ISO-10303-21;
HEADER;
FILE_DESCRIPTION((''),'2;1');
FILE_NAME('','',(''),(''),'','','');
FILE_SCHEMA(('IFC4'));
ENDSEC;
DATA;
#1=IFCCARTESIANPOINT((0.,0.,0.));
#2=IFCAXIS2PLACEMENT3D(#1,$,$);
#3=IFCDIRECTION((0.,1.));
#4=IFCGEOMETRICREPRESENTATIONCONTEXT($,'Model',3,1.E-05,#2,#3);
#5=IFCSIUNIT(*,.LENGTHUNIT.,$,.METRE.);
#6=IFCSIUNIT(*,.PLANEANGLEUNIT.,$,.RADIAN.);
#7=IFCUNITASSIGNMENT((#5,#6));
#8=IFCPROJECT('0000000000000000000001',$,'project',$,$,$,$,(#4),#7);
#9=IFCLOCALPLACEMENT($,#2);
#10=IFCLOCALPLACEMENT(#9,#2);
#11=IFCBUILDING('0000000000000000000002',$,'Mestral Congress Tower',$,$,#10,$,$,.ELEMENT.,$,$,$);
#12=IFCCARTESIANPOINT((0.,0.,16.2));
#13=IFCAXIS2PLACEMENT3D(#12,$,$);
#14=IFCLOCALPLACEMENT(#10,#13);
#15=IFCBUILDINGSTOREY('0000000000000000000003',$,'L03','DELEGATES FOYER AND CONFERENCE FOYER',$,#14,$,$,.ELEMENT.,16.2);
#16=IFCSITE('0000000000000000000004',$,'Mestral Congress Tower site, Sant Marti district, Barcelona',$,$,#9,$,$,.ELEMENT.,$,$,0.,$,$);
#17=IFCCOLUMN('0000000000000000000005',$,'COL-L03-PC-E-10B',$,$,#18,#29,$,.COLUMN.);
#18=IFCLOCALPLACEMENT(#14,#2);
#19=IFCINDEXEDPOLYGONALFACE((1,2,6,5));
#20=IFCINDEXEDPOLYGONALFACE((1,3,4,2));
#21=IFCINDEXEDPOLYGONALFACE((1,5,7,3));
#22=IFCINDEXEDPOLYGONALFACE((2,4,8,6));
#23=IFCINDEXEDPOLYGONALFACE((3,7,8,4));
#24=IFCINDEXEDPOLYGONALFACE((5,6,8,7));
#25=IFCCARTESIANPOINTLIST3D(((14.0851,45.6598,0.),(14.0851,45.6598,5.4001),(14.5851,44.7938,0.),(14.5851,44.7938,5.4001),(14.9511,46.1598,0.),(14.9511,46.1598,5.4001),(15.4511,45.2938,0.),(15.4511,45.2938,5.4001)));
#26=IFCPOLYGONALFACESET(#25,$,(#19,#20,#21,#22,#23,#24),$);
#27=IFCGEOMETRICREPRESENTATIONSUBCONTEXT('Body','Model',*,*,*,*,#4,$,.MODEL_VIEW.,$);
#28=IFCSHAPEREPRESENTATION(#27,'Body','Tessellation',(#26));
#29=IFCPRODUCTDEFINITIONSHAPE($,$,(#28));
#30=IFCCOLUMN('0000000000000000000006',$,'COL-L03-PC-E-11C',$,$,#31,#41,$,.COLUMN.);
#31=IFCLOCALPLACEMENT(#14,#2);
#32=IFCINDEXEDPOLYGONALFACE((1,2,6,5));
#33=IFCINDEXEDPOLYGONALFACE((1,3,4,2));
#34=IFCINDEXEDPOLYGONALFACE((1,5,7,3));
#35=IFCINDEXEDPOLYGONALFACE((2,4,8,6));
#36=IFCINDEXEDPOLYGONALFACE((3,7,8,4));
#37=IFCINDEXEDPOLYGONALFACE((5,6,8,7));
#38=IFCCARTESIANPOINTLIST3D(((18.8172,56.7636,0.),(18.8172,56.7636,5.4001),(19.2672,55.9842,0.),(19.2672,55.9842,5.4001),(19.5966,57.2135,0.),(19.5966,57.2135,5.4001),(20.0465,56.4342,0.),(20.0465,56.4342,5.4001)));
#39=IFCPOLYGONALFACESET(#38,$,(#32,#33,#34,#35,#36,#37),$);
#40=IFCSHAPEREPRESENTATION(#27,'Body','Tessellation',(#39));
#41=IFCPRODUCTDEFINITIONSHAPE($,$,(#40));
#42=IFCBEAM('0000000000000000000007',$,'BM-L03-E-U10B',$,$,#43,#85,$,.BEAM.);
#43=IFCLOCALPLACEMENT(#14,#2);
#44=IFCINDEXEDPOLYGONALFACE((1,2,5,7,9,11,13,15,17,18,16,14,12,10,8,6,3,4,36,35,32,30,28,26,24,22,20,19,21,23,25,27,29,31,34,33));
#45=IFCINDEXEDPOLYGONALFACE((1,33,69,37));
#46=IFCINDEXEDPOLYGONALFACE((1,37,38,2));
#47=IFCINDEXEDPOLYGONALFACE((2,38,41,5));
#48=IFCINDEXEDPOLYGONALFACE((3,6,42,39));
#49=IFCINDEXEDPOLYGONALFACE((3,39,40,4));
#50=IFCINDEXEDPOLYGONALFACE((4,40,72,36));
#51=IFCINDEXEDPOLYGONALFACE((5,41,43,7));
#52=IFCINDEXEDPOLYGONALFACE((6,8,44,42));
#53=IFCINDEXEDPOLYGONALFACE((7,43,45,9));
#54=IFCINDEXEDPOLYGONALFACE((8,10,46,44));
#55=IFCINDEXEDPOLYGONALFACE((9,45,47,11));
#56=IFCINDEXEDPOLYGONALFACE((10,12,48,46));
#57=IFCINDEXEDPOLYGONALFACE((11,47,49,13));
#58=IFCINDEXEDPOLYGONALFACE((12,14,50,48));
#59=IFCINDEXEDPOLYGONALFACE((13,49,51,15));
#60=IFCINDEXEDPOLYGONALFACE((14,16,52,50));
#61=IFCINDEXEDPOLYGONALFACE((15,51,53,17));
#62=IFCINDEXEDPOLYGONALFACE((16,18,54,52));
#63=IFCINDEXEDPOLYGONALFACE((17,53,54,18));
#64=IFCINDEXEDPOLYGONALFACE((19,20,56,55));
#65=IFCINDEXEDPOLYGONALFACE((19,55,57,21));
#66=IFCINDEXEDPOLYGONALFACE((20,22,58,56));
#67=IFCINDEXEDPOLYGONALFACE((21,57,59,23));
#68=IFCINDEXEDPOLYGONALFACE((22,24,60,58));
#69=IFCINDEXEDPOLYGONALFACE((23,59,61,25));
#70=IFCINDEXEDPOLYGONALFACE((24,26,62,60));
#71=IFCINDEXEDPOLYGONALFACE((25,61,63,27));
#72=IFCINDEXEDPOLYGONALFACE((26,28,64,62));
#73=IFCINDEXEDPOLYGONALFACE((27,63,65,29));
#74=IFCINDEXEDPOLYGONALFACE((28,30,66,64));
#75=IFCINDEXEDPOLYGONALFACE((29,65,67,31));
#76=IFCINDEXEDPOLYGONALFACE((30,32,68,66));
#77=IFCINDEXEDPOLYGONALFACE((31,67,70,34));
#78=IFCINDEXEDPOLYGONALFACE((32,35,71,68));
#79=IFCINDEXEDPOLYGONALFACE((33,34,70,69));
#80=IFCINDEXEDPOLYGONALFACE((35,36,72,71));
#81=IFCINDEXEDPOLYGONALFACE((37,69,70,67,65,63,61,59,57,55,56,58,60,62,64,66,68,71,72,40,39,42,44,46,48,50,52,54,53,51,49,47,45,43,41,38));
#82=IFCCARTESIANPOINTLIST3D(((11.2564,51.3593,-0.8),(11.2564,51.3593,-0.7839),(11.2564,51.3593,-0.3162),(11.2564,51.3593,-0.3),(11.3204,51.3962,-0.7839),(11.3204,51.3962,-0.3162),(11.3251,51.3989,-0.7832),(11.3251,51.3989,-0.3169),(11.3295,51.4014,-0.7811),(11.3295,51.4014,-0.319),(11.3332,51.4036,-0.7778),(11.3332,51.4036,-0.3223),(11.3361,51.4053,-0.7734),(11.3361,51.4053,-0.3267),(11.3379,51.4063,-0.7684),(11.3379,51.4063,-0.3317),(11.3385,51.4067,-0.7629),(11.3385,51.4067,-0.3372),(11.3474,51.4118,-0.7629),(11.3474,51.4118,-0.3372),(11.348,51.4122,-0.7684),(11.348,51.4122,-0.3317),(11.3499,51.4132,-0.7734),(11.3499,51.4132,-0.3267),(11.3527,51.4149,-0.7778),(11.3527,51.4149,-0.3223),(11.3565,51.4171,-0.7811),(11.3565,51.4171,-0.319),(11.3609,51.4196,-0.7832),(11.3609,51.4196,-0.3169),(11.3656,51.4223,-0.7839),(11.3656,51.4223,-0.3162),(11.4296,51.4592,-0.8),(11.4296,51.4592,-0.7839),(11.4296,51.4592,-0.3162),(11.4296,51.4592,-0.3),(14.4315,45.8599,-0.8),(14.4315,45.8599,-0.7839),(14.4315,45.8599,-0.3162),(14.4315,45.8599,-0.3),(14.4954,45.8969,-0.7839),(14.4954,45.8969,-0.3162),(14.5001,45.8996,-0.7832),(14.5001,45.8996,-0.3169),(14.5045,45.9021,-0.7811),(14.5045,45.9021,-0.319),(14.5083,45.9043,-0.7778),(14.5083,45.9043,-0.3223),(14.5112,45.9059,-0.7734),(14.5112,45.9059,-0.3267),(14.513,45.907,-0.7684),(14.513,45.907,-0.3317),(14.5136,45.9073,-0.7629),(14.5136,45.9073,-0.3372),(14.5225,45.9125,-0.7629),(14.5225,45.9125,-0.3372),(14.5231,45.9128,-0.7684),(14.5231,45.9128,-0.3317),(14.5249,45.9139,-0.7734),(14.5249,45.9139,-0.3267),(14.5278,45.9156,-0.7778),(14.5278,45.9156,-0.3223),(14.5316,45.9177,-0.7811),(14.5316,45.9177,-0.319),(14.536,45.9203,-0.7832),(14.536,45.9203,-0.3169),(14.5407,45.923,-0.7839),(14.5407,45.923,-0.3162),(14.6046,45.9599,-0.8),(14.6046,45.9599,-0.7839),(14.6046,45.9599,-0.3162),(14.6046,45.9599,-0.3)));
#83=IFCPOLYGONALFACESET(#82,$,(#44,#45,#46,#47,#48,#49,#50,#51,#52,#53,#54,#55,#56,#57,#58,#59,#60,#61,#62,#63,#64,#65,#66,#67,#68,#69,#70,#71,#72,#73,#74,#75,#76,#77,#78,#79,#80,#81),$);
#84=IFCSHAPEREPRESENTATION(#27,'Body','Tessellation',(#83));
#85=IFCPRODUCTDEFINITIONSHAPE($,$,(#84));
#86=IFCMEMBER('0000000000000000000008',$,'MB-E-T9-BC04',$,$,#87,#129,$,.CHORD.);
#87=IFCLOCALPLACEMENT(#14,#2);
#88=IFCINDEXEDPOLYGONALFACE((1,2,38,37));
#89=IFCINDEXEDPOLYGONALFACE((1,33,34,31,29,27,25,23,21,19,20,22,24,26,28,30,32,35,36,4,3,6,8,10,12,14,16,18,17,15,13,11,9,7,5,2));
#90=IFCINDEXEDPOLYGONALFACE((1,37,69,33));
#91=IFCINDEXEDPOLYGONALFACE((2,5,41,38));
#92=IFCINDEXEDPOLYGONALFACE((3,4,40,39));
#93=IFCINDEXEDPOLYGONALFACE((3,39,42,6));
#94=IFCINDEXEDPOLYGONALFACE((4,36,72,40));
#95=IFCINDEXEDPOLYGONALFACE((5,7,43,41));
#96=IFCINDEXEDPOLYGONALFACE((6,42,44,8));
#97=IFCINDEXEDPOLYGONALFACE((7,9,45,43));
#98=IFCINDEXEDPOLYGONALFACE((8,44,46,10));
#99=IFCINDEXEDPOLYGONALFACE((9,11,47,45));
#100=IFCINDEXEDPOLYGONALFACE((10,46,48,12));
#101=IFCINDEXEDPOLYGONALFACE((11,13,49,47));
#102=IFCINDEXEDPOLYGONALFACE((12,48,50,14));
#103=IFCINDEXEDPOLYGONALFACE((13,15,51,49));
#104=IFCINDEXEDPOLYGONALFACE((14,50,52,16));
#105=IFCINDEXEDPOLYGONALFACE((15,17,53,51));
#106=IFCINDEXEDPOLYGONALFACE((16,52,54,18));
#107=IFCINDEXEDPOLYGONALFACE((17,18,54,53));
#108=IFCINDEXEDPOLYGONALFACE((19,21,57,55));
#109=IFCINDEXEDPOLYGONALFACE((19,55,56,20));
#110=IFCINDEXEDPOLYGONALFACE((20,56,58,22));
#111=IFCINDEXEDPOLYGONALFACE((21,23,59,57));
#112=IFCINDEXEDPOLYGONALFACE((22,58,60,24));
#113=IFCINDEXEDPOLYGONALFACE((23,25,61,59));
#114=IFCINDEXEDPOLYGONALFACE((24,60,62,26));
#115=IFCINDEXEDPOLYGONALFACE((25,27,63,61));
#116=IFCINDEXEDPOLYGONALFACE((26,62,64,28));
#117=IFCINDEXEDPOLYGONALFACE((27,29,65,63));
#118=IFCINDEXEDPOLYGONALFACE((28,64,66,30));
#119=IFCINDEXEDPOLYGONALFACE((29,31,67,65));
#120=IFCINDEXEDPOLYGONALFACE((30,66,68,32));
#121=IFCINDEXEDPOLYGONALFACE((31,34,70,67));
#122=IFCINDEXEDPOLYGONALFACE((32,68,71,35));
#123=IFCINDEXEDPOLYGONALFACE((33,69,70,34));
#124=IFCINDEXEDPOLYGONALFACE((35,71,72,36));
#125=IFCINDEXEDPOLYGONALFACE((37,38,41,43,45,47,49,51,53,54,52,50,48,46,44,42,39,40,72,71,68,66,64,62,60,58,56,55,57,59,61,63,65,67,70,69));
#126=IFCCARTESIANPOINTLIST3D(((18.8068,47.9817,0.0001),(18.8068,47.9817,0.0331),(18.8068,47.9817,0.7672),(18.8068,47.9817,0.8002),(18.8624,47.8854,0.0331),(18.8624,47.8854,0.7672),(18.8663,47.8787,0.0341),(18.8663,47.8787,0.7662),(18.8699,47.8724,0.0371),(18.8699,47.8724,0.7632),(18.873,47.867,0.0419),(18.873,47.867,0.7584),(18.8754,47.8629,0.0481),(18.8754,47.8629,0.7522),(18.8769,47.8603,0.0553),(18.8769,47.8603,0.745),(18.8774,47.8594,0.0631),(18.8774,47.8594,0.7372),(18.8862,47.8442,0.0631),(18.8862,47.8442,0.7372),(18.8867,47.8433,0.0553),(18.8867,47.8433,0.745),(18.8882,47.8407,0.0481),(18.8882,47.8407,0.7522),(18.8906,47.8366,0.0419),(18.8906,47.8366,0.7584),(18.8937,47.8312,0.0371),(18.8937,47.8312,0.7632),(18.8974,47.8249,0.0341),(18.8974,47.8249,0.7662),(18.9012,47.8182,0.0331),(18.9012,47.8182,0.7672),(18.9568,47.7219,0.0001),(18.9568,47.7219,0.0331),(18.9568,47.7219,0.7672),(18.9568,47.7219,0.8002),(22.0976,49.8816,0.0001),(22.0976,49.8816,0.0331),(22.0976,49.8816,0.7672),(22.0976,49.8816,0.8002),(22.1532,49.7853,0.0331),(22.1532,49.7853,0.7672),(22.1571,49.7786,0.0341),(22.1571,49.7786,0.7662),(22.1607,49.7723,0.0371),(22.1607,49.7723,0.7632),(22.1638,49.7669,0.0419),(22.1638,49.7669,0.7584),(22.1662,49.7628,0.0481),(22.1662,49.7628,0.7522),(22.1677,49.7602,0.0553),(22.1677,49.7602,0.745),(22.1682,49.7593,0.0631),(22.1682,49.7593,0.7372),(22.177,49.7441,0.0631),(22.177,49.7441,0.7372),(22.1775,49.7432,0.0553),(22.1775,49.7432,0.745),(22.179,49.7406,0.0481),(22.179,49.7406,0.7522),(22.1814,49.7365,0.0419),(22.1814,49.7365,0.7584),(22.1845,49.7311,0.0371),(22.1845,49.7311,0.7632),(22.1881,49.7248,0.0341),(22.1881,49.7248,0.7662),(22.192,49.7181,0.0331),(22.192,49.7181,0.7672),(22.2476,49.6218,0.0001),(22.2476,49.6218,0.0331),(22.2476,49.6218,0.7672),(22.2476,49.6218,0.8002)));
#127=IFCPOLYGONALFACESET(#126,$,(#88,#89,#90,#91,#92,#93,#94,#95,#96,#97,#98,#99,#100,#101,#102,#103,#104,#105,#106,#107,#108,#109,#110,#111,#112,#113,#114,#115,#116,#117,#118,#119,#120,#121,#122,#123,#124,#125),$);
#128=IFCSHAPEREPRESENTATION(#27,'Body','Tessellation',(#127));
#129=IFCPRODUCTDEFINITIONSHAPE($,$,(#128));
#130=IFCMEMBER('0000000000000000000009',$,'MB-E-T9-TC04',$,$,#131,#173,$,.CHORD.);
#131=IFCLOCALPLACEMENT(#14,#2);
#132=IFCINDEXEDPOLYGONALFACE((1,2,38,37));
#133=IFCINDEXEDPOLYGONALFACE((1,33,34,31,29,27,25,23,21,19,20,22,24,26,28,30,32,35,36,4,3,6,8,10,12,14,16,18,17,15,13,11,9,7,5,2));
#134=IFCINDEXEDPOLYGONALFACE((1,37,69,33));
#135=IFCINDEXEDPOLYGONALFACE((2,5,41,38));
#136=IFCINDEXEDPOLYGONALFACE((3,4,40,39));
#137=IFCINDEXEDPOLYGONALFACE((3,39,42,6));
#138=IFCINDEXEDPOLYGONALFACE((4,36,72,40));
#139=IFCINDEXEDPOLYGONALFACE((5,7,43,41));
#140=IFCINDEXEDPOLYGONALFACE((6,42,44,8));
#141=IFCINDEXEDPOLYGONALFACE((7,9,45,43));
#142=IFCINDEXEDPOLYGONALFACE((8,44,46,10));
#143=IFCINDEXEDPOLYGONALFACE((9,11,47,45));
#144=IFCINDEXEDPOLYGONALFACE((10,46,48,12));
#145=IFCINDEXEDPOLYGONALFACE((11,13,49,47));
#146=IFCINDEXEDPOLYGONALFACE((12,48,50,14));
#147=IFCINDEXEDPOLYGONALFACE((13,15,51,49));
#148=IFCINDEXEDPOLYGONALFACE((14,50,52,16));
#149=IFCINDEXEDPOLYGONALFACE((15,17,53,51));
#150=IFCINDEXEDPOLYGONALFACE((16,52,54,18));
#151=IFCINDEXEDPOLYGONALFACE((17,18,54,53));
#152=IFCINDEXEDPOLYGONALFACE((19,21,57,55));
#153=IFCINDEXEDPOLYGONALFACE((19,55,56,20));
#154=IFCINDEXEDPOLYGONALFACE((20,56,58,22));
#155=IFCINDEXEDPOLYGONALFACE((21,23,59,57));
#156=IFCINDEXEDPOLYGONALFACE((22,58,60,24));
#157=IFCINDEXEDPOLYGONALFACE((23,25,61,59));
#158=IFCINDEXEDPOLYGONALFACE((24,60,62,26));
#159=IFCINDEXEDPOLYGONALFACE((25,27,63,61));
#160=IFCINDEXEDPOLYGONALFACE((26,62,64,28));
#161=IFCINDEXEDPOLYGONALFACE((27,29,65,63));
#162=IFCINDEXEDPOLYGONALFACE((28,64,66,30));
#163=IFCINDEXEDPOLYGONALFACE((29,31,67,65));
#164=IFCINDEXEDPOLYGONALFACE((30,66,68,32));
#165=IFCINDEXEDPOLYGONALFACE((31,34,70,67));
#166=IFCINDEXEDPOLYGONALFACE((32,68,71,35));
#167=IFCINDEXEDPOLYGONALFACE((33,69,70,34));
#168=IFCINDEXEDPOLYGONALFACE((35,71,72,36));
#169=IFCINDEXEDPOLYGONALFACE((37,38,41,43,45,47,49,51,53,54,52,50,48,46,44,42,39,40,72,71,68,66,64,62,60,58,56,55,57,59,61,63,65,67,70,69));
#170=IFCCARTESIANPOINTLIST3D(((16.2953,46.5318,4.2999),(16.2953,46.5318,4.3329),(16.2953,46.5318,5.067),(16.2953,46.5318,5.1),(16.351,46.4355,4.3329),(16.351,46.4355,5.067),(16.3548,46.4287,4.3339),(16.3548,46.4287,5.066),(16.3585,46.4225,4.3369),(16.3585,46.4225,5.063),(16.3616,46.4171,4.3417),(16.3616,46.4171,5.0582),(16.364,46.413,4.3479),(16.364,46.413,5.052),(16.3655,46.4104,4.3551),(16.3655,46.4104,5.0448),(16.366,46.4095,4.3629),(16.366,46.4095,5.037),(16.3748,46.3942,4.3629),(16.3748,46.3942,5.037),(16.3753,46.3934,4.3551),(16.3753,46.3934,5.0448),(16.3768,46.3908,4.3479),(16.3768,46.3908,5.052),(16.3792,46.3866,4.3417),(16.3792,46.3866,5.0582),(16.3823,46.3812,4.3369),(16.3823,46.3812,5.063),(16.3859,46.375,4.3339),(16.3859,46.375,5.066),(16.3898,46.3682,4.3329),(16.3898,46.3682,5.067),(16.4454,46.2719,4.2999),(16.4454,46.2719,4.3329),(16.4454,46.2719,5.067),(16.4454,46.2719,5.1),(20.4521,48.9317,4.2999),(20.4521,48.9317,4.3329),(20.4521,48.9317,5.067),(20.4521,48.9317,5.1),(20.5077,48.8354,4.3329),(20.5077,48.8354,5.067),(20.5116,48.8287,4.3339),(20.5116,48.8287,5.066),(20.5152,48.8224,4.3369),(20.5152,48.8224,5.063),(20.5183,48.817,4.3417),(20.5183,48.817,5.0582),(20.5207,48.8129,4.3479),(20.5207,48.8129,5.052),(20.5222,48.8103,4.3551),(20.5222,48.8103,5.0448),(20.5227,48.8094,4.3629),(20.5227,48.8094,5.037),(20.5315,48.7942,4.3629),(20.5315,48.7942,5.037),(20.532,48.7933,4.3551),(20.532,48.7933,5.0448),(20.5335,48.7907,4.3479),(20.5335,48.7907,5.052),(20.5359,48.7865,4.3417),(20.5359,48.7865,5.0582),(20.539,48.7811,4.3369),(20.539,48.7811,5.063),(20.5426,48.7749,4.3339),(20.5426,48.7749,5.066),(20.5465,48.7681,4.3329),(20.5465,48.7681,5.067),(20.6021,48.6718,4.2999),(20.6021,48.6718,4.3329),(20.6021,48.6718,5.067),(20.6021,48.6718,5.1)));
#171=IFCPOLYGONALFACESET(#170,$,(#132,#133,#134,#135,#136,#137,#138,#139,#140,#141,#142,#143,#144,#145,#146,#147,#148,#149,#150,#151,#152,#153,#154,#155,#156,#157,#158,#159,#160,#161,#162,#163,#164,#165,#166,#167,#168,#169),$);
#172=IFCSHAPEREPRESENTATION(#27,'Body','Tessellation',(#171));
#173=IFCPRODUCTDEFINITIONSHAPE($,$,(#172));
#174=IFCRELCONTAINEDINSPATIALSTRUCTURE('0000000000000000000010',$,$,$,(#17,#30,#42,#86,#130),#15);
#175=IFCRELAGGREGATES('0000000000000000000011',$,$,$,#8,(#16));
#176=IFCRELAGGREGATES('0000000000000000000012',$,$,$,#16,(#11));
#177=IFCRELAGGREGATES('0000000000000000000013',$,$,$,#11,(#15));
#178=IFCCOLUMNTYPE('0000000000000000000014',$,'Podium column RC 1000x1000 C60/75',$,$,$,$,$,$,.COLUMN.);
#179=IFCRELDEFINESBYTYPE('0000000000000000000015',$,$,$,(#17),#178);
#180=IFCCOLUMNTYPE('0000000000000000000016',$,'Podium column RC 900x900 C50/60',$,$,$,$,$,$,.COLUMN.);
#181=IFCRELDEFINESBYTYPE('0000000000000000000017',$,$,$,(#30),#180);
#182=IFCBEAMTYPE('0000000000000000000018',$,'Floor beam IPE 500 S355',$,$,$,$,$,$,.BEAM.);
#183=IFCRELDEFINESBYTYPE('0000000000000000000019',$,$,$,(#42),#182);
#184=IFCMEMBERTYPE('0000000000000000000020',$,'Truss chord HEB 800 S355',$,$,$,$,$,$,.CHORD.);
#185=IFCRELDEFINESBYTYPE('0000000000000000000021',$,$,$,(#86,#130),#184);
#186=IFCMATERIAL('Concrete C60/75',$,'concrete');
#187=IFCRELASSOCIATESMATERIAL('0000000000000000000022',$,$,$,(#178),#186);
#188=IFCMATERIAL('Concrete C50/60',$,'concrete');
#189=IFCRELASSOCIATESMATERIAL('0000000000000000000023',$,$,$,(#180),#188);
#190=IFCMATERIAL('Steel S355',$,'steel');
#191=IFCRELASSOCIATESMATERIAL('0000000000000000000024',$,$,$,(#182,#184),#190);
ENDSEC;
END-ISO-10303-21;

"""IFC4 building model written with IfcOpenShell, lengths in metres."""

from ifc_helpers import new_model, si_unit, direction, frame, origin, origin_2d, place, context, subcontext, project, spatial, rectangle, i_section, extrude, material, material_profile, profile_set, type_object, element, save


model = new_model("IFC4")

# Units and contexts
model_context = context("Model", 3, precision=1e-05, world=origin(), true_north=direction((0.0, 1.0)))
body_context = subcontext(model_context, "Body", "Model", "MODEL_VIEW")
ifc_project = project(units=[si_unit("LENGTHUNIT", "METRE"), si_unit("PLANEANGLEUNIT", "RADIAN")], contexts=[model_context])

# Site, building, storey
site_placement = place(None, origin())
site = spatial("IfcSite", under=ifc_project, at=site_placement, Name="Mestral Congress Tower site, Sant Marti district, Barcelona", CompositionType="ELEMENT", RefElevation=0.0)
building_placement = place(site_placement, origin())
building = spatial("IfcBuilding", under=site, at=building_placement, Name="Mestral Congress Tower", CompositionType="ELEMENT")
storey_placement = place(building_placement, frame((0.0, 0.0, 16.2)))
storey = spatial("IfcBuildingStorey", under=building, at=storey_placement, Name="L03", Description="DELEGATES FOYER AND CONFERENCE FOYER", CompositionType="ELEMENT", Elevation=16.2)

# Columns
ifc_material_1 = material(Name="Concrete C60/75", Category="concrete")
ifc_material_profile_1 = material_profile(ifc_material_1, rectangle(XDim=1.0, YDim=1.0, at=origin_2d()), Name="RC 1000x1000")
ifc_profile_set_1 = profile_set([ifc_material_profile_1], Name="Concrete C60/75")
column_type_1 = type_object("IfcColumnType", Name="Podium column RC 1000x1000 C60/75", PredefinedType="COLUMN", material=ifc_profile_set_1)
column_1_placement = place(storey_placement, frame((14.7681, 45.4768, 0.0), z_axis=(0.0, 0.0, 1.0), x_axis=(-0.5, 0.866025, 0.0)))
element("IfcColumn", 1, at=column_1_placement, inside=storey, type_object=column_type_1, Name="COL-L03-PC-E-10B", PredefinedType="COLUMN", context=body_context, shape_type="SweptSolid", body=[
    extrude(rectangle(XDim=1.0, YDim=1.0, at=origin_2d()), origin(), (0.0, 0.0, 1.0), 5.4001),
])
ifc_material_2 = material(Name="Concrete C50/60", Category="concrete")
ifc_material_profile_2 = material_profile(ifc_material_2, rectangle(XDim=0.8999, YDim=0.8999, at=origin_2d()), Name="RC 900x900")
ifc_profile_set_2 = profile_set([ifc_material_profile_2], Name="Concrete C50/60")
column_type_2 = type_object("IfcColumnType", Name="Podium column RC 900x900 C50/60", PredefinedType="COLUMN", material=ifc_profile_set_2)
column_2_placement = place(storey_placement, frame((19.4319, 56.5989, 0.0), z_axis=(0.0, 0.0, 1.0), x_axis=(-0.5, 0.866025, 0.0)))
element("IfcColumn", 2, at=column_2_placement, inside=storey, type_object=column_type_2, Name="COL-L03-PC-E-11C", PredefinedType="COLUMN", context=body_context, shape_type="SweptSolid", body=[
    extrude(rectangle(XDim=0.8999, YDim=0.8999, at=origin_2d()), origin(), (0.0, 0.0, 1.0), 5.4001),
])

# Beam
ifc_material_3 = material(Name="Steel S355", Category="steel")
ifc_material_profile_3 = material_profile(ifc_material_3, i_section(OverallWidth=0.2, OverallDepth=0.5, WebThickness=0.0103, FlangeThickness=0.0161, FilletRadius=0.021, at=origin_2d()), Name="IPE 500")
ifc_profile_set_3 = profile_set([ifc_material_profile_3], Name="Steel S355")
beam_type = type_object("IfcBeamType", Name="Floor beam IPE 500 S355", PredefinedType="BEAM", material=ifc_profile_set_3)
beam_placement = place(storey_placement, frame((14.5181, 45.9099, -0.55), z_axis=(-0.500005, 0.866022, 0.0), x_axis=(-0.866022, -0.500005, 0.0)))
element("IfcBeam", 3, at=beam_placement, inside=storey, type_object=beam_type, Name="BM-L03-E-U10B", PredefinedType="BEAM", context=body_context, shape_type="SweptSolid", body=[
    extrude(i_section(OverallWidth=0.2, OverallDepth=0.5, WebThickness=0.0103, FlangeThickness=0.0161, FilletRadius=0.021, at=origin_2d()), origin(), (0.0, 0.0, 1.0), 6.3501),
])

# Members
ifc_material_profile_4 = material_profile(ifc_material_3, i_section(OverallWidth=0.3, OverallDepth=0.8, WebThickness=0.0176, FlangeThickness=0.033, FilletRadius=0.03, at=origin_2d()), Name="HEB 800")
ifc_profile_set_4 = profile_set([ifc_material_profile_4], Name="Steel S355")
member_type_1 = type_object("IfcMemberType", Name="Truss chord HEB 800 S355", PredefinedType="CHORD", material=ifc_profile_set_4)
member_1_placement = place(storey_placement, frame((18.8818, 47.8518, 0.4001), z_axis=(0.866028, 0.499995, 0.0), x_axis=(-0.499995, 0.866028, 0.0)))
element("IfcMember", 4, at=member_1_placement, inside=storey, type_object=member_type_1, Name="MB-E-T9-BC04", PredefinedType="CHORD", context=body_context, shape_type="SweptSolid", body=[
    extrude(i_section(OverallWidth=0.3, OverallDepth=0.8, WebThickness=0.0176, FlangeThickness=0.033, FilletRadius=0.03, at=origin_2d()), origin(), (0.0, 0.0, 1.0), 3.7998),
])
member_2_placement = place(storey_placement, frame((16.3704, 46.4019, 4.7), z_axis=(0.866025, 0.500001, 0.0), x_axis=(-0.500001, 0.866025, 0.0)))
element("IfcMember", 5, at=member_2_placement, inside=storey, type_object=member_type_1, Name="MB-E-T9-TC04", PredefinedType="CHORD", context=body_context, shape_type="SweptSolid", body=[
    extrude(i_section(OverallWidth=0.3, OverallDepth=0.8, WebThickness=0.0176, FlangeThickness=0.033, FilletRadius=0.03, at=origin_2d()), origin(), (0.0, 0.0, 1.0), 4.7998),
])

save(model, "model.ifc")
